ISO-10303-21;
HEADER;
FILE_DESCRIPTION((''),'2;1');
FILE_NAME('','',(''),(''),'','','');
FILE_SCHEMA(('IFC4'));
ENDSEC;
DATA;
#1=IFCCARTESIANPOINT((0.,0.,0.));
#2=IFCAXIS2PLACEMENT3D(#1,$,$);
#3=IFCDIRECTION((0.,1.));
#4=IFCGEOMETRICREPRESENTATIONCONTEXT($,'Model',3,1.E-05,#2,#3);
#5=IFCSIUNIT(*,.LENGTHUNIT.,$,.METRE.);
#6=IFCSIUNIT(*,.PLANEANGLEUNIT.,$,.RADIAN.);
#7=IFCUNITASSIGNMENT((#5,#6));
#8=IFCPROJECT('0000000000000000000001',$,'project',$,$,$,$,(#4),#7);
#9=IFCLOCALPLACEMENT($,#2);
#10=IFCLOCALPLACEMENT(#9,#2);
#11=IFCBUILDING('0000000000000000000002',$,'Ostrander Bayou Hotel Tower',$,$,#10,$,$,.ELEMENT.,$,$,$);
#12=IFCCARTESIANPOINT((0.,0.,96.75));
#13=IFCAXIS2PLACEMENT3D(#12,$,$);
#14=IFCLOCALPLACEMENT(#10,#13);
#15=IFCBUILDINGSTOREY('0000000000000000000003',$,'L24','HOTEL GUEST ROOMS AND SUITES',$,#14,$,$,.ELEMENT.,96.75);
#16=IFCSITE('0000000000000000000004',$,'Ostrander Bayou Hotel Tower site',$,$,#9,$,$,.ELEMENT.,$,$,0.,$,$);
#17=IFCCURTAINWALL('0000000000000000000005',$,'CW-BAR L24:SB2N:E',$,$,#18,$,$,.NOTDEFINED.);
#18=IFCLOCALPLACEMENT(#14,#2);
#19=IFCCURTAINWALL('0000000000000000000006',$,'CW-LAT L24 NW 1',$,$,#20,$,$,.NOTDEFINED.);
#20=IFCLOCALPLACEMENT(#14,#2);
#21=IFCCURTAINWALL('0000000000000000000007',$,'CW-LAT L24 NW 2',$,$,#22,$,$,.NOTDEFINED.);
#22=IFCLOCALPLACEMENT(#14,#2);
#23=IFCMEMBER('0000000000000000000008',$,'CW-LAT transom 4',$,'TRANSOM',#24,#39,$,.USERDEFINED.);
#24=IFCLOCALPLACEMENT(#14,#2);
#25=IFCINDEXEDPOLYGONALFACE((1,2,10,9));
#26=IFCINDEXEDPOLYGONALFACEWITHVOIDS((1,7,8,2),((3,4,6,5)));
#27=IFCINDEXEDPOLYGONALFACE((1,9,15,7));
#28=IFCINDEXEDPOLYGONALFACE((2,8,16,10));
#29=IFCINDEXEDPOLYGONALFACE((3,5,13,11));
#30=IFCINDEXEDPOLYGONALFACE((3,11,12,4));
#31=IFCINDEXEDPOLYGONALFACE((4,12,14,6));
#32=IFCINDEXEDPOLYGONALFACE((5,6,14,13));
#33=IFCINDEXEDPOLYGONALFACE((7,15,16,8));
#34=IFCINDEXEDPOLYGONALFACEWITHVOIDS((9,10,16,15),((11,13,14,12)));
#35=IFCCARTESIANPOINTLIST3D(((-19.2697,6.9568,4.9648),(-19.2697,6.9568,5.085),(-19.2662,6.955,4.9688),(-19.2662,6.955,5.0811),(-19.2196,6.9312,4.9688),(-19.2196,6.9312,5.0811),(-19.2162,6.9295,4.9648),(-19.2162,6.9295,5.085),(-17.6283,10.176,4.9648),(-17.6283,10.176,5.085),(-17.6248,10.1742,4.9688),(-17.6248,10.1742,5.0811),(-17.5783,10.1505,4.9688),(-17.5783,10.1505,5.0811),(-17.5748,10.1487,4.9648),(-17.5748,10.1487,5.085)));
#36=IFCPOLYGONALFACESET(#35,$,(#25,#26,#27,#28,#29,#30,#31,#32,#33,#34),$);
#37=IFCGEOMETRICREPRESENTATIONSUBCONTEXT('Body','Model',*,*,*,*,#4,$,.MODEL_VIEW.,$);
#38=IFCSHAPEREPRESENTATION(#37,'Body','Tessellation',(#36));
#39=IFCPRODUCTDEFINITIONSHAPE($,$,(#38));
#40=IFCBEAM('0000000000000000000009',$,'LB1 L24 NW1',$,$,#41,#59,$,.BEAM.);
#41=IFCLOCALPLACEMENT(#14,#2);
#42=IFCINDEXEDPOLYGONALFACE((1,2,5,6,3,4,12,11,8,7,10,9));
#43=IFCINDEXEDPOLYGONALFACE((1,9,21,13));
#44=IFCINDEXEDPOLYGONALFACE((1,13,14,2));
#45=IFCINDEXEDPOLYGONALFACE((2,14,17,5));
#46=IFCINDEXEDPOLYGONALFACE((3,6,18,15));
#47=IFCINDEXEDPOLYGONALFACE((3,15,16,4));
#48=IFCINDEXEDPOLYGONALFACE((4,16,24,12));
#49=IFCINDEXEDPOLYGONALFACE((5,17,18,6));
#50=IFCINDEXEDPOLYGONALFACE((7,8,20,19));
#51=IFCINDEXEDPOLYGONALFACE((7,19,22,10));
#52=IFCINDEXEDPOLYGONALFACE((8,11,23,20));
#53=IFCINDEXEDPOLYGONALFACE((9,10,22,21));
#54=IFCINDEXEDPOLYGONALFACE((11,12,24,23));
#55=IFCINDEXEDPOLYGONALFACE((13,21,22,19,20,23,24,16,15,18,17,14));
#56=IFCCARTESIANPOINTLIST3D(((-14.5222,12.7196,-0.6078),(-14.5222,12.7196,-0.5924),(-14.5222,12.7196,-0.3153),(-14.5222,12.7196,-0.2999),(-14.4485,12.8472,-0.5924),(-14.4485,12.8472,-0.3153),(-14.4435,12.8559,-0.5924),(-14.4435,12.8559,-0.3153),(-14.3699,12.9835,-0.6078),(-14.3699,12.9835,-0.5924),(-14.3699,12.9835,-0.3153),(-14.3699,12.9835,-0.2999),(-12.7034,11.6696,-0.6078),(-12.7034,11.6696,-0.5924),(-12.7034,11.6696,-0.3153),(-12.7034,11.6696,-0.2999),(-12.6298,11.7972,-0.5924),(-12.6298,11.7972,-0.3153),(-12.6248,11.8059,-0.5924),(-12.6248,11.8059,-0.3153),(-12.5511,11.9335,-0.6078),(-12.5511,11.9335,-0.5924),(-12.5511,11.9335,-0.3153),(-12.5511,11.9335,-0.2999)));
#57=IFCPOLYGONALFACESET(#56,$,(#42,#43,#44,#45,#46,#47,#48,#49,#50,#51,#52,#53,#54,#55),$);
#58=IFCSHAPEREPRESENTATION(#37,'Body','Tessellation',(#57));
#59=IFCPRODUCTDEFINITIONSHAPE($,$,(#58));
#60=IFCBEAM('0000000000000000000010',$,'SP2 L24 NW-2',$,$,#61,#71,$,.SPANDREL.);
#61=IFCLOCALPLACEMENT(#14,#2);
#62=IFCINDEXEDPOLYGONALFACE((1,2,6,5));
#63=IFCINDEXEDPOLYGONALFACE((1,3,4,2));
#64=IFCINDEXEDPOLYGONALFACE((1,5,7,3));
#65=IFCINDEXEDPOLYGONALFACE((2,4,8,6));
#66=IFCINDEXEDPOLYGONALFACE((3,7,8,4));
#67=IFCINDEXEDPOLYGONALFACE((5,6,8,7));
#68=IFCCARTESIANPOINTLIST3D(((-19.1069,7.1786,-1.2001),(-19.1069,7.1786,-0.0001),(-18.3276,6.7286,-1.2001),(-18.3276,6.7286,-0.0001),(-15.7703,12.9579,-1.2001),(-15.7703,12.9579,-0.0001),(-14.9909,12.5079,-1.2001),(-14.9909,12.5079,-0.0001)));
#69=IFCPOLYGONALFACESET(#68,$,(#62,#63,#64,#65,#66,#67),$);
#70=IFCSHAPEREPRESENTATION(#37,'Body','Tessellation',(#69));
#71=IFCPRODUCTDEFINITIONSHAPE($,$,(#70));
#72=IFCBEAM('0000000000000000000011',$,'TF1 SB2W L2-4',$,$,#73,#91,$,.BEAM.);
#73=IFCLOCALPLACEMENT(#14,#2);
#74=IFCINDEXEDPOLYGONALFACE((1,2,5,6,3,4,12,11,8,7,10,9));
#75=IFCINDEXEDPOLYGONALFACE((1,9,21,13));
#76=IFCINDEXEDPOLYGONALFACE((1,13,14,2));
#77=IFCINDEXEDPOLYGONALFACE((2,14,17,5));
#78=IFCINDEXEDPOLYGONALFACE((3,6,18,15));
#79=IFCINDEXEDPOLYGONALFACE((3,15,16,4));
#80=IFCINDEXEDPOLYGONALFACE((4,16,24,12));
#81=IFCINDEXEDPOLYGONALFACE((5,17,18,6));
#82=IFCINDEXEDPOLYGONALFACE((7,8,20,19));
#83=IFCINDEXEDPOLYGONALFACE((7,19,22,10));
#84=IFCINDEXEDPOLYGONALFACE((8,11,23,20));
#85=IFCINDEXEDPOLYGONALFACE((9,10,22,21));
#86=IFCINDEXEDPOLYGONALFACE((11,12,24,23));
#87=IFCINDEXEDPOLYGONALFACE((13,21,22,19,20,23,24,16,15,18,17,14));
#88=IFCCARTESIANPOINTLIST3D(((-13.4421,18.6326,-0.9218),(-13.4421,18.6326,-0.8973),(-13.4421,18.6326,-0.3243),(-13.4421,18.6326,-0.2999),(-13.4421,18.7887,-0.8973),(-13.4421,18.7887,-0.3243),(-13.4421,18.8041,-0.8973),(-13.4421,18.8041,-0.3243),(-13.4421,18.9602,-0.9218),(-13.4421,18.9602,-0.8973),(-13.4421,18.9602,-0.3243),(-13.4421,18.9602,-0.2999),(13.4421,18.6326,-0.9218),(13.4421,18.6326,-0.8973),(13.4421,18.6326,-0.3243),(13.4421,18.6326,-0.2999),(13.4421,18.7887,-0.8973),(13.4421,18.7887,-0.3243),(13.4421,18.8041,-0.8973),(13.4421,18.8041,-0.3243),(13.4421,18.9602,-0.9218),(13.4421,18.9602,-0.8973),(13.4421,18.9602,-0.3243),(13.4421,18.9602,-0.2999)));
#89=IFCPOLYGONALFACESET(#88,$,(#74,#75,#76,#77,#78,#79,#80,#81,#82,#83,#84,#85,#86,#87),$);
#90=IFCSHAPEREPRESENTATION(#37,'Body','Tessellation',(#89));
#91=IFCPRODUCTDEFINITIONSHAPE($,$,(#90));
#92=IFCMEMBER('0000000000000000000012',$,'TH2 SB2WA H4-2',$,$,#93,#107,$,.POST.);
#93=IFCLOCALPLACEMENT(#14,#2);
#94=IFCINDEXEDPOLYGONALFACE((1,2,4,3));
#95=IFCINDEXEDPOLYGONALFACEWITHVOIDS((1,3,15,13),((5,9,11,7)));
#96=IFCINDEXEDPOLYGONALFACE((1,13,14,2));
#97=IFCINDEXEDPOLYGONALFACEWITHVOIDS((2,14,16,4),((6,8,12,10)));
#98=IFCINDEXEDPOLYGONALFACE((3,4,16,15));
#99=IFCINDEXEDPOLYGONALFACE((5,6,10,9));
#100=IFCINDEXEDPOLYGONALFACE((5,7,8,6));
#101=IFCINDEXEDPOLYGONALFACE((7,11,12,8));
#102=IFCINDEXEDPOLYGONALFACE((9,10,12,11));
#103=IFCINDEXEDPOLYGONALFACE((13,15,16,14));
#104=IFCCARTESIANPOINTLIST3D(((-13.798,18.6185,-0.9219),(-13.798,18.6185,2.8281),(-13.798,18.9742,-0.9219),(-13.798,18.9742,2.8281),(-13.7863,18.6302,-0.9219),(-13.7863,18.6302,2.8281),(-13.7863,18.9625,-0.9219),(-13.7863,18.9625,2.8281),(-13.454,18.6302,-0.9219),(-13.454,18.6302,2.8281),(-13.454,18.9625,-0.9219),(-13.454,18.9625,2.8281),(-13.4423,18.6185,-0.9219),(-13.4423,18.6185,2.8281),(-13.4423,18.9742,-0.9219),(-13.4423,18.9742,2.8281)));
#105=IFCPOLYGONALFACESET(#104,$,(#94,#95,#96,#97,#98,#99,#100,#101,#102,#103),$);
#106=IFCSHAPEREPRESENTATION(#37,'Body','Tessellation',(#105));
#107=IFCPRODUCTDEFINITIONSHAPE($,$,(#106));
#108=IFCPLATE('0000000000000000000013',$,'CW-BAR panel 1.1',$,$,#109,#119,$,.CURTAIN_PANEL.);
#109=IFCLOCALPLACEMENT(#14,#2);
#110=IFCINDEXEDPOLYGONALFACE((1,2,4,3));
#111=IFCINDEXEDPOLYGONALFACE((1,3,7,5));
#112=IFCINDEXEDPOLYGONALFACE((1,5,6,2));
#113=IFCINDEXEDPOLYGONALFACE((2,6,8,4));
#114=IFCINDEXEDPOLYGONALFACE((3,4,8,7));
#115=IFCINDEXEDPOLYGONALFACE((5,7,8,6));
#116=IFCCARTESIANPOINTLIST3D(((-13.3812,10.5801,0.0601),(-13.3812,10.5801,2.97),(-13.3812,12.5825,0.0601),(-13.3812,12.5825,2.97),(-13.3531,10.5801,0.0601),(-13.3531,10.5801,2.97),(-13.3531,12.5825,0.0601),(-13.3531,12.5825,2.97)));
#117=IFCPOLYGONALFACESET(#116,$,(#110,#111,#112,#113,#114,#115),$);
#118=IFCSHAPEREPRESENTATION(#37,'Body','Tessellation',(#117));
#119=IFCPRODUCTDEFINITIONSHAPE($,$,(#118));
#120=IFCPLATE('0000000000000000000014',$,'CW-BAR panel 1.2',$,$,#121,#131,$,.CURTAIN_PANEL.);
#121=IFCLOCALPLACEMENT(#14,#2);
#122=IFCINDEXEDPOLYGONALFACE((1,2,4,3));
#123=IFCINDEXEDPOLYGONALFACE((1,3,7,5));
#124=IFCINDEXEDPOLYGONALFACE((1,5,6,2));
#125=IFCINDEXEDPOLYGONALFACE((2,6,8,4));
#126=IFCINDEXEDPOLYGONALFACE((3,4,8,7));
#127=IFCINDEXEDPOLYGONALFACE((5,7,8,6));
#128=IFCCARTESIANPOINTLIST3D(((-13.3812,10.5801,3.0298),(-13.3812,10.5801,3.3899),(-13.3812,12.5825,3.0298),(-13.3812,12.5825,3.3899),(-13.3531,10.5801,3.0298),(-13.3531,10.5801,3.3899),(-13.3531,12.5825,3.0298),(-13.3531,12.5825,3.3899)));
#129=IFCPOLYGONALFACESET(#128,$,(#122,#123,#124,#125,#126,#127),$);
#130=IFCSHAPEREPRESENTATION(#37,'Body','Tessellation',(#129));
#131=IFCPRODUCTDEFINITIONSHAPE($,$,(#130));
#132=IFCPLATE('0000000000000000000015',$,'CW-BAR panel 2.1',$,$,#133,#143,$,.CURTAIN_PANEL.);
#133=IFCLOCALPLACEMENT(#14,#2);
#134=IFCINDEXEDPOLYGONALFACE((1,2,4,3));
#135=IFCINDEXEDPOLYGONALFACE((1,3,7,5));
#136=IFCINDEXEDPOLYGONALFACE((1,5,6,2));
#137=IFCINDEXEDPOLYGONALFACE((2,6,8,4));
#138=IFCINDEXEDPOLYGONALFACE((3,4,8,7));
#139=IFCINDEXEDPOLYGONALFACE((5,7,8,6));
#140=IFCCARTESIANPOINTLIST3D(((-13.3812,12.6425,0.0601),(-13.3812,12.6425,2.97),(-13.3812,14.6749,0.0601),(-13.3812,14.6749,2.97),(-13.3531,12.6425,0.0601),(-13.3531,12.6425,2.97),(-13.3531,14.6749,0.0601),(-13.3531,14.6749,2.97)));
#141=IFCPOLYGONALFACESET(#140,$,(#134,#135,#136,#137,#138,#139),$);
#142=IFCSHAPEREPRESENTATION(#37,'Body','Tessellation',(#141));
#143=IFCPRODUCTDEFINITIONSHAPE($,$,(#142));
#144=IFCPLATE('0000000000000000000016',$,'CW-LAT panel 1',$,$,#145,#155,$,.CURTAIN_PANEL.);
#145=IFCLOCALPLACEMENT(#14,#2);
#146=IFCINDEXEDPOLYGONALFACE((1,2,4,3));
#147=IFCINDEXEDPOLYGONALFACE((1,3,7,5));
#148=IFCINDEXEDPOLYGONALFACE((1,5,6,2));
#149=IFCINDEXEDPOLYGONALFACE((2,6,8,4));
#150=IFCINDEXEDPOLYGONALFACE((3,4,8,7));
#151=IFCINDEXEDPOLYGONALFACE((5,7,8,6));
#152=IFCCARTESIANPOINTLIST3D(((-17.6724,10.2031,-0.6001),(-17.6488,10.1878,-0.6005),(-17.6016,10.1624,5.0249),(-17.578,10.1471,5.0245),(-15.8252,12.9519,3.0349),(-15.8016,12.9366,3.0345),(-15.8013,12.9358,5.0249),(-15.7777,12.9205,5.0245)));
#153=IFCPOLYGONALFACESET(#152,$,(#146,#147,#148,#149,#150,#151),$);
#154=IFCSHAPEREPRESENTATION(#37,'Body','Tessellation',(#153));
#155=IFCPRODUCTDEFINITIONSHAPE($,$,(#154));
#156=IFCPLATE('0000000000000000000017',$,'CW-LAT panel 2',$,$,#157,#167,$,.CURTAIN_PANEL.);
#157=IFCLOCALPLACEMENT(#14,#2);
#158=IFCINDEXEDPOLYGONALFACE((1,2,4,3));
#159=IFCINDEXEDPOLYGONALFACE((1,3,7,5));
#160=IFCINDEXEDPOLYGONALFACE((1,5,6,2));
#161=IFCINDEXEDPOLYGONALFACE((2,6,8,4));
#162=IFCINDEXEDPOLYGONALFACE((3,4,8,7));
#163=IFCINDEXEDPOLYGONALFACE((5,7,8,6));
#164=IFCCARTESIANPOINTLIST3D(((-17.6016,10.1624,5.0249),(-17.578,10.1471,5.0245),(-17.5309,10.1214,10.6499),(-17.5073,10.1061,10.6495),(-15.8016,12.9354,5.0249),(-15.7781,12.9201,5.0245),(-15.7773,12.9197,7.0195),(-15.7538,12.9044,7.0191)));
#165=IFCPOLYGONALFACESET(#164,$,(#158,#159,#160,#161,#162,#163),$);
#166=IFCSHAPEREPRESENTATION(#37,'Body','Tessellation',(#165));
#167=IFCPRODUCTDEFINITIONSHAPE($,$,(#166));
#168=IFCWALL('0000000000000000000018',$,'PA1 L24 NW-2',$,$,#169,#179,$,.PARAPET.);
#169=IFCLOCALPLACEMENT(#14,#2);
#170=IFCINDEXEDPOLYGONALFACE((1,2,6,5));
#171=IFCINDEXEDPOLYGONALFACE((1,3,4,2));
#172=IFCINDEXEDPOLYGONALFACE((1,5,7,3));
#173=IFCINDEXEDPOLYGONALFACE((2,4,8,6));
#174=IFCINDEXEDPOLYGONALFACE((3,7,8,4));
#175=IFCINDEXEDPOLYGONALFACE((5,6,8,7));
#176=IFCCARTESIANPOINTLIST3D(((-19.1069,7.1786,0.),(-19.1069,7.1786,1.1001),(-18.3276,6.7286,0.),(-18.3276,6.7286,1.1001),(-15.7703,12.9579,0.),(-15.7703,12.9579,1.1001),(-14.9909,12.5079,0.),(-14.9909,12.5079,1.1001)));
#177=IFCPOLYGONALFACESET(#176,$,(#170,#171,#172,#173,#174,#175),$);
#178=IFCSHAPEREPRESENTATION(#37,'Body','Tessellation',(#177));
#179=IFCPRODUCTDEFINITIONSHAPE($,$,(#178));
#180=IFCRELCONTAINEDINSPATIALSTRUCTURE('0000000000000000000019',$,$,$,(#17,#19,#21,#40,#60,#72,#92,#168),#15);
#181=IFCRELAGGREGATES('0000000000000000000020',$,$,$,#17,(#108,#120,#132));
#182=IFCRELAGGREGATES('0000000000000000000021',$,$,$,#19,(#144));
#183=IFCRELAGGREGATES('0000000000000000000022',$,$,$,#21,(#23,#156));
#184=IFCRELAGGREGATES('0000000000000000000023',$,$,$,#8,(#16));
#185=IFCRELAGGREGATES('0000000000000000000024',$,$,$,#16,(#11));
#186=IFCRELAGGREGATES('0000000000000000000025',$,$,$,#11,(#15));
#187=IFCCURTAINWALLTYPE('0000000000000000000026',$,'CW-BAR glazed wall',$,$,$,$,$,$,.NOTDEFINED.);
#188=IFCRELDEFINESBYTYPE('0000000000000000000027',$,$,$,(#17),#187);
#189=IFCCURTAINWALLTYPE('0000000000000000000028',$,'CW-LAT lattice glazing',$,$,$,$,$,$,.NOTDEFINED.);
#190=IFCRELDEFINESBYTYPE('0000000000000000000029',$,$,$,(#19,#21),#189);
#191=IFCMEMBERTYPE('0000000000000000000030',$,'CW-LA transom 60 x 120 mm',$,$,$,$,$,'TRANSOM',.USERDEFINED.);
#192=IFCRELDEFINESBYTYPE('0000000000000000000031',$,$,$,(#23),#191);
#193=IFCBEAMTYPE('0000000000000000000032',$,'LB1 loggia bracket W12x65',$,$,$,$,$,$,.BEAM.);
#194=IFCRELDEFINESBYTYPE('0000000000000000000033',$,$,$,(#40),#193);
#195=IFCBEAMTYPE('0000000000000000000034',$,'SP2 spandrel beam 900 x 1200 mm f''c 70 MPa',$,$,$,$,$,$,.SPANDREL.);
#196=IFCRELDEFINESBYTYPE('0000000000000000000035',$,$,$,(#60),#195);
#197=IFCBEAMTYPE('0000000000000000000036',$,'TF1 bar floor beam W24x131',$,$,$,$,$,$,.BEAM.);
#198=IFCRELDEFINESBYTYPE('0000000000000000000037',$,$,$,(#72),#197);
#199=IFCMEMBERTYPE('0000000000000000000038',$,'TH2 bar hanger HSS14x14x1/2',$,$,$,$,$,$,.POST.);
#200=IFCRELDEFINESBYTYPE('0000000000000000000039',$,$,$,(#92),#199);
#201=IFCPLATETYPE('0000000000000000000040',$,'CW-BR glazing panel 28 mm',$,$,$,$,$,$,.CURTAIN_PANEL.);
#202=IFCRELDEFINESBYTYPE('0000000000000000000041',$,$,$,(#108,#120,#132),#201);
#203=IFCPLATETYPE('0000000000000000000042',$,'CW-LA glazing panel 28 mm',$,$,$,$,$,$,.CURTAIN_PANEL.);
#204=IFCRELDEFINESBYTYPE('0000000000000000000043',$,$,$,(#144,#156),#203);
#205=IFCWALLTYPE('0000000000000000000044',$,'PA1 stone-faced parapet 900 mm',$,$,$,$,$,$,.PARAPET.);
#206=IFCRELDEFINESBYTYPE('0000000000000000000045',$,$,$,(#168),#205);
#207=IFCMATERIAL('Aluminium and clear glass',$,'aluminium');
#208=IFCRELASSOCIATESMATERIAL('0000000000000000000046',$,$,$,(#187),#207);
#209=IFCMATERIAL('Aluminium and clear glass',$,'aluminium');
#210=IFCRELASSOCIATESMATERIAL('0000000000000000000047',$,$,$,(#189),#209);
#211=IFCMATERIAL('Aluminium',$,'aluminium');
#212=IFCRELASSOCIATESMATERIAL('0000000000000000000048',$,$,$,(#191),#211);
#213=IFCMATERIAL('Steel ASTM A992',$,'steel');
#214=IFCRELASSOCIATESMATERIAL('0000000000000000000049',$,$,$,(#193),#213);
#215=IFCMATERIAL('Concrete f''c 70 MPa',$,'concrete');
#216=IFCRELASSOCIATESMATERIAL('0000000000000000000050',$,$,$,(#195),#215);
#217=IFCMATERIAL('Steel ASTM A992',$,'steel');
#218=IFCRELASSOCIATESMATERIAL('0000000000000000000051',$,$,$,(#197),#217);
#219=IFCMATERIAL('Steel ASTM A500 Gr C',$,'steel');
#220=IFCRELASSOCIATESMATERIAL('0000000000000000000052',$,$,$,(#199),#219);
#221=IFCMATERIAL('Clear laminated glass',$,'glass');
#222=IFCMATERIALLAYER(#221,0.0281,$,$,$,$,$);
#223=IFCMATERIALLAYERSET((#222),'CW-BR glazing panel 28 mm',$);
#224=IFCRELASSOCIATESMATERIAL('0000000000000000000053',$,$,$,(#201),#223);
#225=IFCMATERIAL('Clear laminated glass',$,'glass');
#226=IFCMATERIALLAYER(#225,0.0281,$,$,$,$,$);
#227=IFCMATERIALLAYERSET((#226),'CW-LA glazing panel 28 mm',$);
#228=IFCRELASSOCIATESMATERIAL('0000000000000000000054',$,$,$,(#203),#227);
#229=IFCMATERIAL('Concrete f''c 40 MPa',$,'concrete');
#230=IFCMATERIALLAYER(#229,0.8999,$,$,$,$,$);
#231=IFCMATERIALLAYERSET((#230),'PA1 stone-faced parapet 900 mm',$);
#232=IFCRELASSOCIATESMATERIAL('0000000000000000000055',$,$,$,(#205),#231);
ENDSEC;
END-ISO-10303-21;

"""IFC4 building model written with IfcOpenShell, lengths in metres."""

from ifc_helpers import new_model, si_unit, direction, frame, frame_2d, origin, origin_2d, place, context, subcontext, project, spatial, polyline, rectangle, hollow_rectangle, i_section, outline, extrude, material, layer, layer_set, material_profile, profile_set, type_object, element, aggregate, save


model = new_model("IFC4")

# Units and contexts
model_context = context("Model", 3, precision=1e-05, world=origin(), true_north=direction((0.0, 1.0)))
body_context = subcontext(model_context, "Body", "Model", "MODEL_VIEW")
ifc_project = project(units=[si_unit("LENGTHUNIT", "METRE"), si_unit("PLANEANGLEUNIT", "RADIAN")], contexts=[model_context])

# Site, building, storey
site_placement = place(None, origin())
site = spatial("IfcSite", under=ifc_project, at=site_placement, Name="Ostrander Bayou Hotel Tower site", CompositionType="ELEMENT", RefElevation=0.0)
building_placement = place(site_placement, origin())
building = spatial("IfcBuilding", under=site, at=building_placement, Name="Ostrander Bayou Hotel Tower", CompositionType="ELEMENT")
storey_placement = place(building_placement, frame((0.0, 0.0, 96.75)))
storey = spatial("IfcBuildingStorey", under=building, at=storey_placement, Name="L24", Description="HOTEL GUEST ROOMS AND SUITES", CompositionType="ELEMENT", Elevation=96.75)

# Curtain wall
ifc_material_1 = material(Name="Aluminium and clear glass", Category="aluminium")
curtain_wall_type_1 = type_object("IfcCurtainWallType", Name="CW-BAR glazed wall", PredefinedType="NOTDEFINED", material=ifc_material_1)
curtain_wall_1_placement = place(storey_placement, origin())
curtain_wall_1 = element("IfcCurtainWall", 1, at=curtain_wall_1_placement, inside=storey, type_object=curtain_wall_type_1, Name="CW-BAR L24:SB2N:E", PredefinedType="NOTDEFINED")

# Curtain walls, member
ifc_material_2 = material(Name="Aluminium and clear glass", Category="aluminium")
curtain_wall_type_2 = type_object("IfcCurtainWallType", Name="CW-LAT lattice glazing", PredefinedType="NOTDEFINED", material=ifc_material_2)
curtain_wall_2_placement = place(storey_placement, origin())
curtain_wall_2 = element("IfcCurtainWall", 2, at=curtain_wall_2_placement, inside=storey, type_object=curtain_wall_type_2, Name="CW-LAT L24 NW 1", PredefinedType="NOTDEFINED")
curtain_wall_3_placement = place(storey_placement, origin())
curtain_wall_3 = element("IfcCurtainWall", 3, at=curtain_wall_3_placement, inside=storey, type_object=curtain_wall_type_2, Name="CW-LAT L24 NW 2", PredefinedType="NOTDEFINED")
ifc_material_3 = material(Name="Aluminium", Category="aluminium")
ifc_material_profile_1 = material_profile(ifc_material_3, hollow_rectangle(XDim=0.0601, YDim=0.1201, WallThickness=0.0039, at=origin_2d()))
ifc_profile_set_1 = profile_set([ifc_material_profile_1], Name="Aluminium")
member_type_1 = type_object("IfcMemberType", Name="CW-LA transom 60 x 120 mm", ElementType="TRANSOM", PredefinedType="USERDEFINED", material=ifc_profile_set_1)
member_1_placement = place(storey_placement, frame((-17.6016, 10.1624, 5.0249), z_axis=(-0.454226, -0.890886, 0.0), x_axis=(0.890886, -0.454226, 0.0)))
member_1 = element("IfcMember", 4, at=member_1_placement, type_object=member_type_1, Name="CW-LAT transom 4", ObjectType="TRANSOM", PredefinedType="USERDEFINED", context=body_context, shape_type="SweptSolid", body=[
    extrude(hollow_rectangle(XDim=0.0601, YDim=0.1201, WallThickness=0.0039, at=origin_2d()), origin(), (0.0, 0.0, 1.0), 3.6135),
])

# Beams
ifc_material_4 = material(Name="Steel ASTM A992", Category="steel")
ifc_material_profile_2 = material_profile(ifc_material_4, i_section(OverallWidth=0.3047, OverallDepth=0.3079, WebThickness=0.01, FlangeThickness=0.0154, at=origin_2d()))
ifc_profile_set_2 = profile_set([ifc_material_profile_2], Name="Steel ASTM A992")
beam_type_1 = type_object("IfcBeamType", Name="LB1 loggia bracket W12x65", PredefinedType="BEAM", material=ifc_profile_set_2)
beam_1_placement = place(storey_placement, frame((-14.446, 12.8516, -0.4539), z_axis=(0.866038, -0.499977, 0.0), x_axis=(0.499977, 0.866038, 0.0)))
element("IfcBeam", 5, at=beam_1_placement, inside=storey, type_object=beam_type_1, Name="LB1 L24 NW1", PredefinedType="BEAM", context=body_context, shape_type="SweptSolid", body=[
    extrude(i_section(OverallWidth=0.3047, OverallDepth=0.3079, WebThickness=0.01, FlangeThickness=0.0154, at=origin_2d()), origin(), (0.0, 0.0, 1.0), 2.1001),
])
ifc_material_5 = material(Name="Concrete f'c 70 MPa", Category="concrete")
ifc_material_profile_3 = material_profile(ifc_material_5, rectangle(XDim=0.8999, YDim=1.2, at=origin_2d()))
ifc_profile_set_3 = profile_set([ifc_material_profile_3], Name="Concrete f'c 70 MPa")
beam_type_2 = type_object("IfcBeamType", Name="SP2 spandrel beam 900 x 1200 mm f'c 70 MPa", PredefinedType="SPANDREL", material=ifc_profile_set_3)
beam_2_placement = place(storey_placement, frame((-15.3806, 12.7329, -0.6001), z_axis=(-0.499999, -0.866026, 0.0), x_axis=(0.866026, -0.499999, 0.0)))
element("IfcBeam", 6, at=beam_2_placement, inside=storey, type_object=beam_type_2, Name="SP2 L24 NW-2", PredefinedType="SPANDREL", context=body_context, shape_type="SweptSolid", body=[
    extrude(rectangle(XDim=0.8999, YDim=1.2, at=origin_2d()), origin(), (0.0, 0.0, 1.0), 6.6733),
])
ifc_material_6 = material(Name="Steel ASTM A992", Category="steel")
ifc_material_profile_4 = material_profile(ifc_material_6, i_section(OverallWidth=0.3276, OverallDepth=0.6218, WebThickness=0.0154, FlangeThickness=0.0244, at=origin_2d()))
ifc_profile_set_4 = profile_set([ifc_material_profile_4], Name="Steel ASTM A992")
beam_type_3 = type_object("IfcBeamType", Name="TF1 bar floor beam W24x131", PredefinedType="BEAM", material=ifc_profile_set_4)
beam_3_placement = place(storey_placement, frame((-13.4421, 18.7964, -0.6108), z_axis=(1.0, 0.0, 0.0), x_axis=(0.0, 1.0, 0.0)))
element("IfcBeam", 7, at=beam_3_placement, inside=storey, type_object=beam_type_3, Name="TF1 SB2W L2-4", PredefinedType="BEAM", context=body_context, shape_type="SweptSolid", body=[
    extrude(i_section(OverallWidth=0.3276, OverallDepth=0.6218, WebThickness=0.0154, FlangeThickness=0.0244, at=origin_2d()), origin(), (0.0, 0.0, 1.0), 26.8843),
])

# Member
ifc_material_7 = material(Name="Steel ASTM A500 Gr C", Category="steel")
ifc_material_profile_5 = material_profile(ifc_material_7, hollow_rectangle(XDim=0.3557, YDim=0.3557, WallThickness=0.0117, at=origin_2d()))
ifc_profile_set_5 = profile_set([ifc_material_profile_5], Name="Steel ASTM A500 Gr C")
member_type_2 = type_object("IfcMemberType", Name="TH2 bar hanger HSS14x14x1/2", PredefinedType="POST", material=ifc_profile_set_5)
member_2_placement = place(storey_placement, frame((-13.6201, 18.7964, -0.9219), z_axis=(0.0, 0.0, 1.0), x_axis=(1.0, 0.0, 0.0)))
element("IfcMember", 8, at=member_2_placement, inside=storey, type_object=member_type_2, Name="TH2 SB2WA H4-2", PredefinedType="POST", context=body_context, shape_type="SweptSolid", body=[
    extrude(hollow_rectangle(XDim=0.3557, YDim=0.3557, WallThickness=0.0117, at=origin_2d()), origin(), (0.0, 0.0, 1.0), 3.75),
])

# Plates
ifc_material_8 = material(Name="Clear laminated glass", Category="glass")
ifc_layer_1 = layer(ifc_material_8, 0.0281)
ifc_layer_set_1 = layer_set([ifc_layer_1], Name="CW-BR glazing panel 28 mm")
plate_type_1 = type_object("IfcPlateType", Name="CW-BR glazing panel 28 mm", PredefinedType="CURTAIN_PANEL", material=ifc_layer_set_1)
plate_1_placement = place(storey_placement, frame((-13.3672, 11.5813, 0.0601), z_axis=(0.0, 0.0, 1.0), x_axis=(0.0, 1.0, 0.0)))
plate_1 = element("IfcPlate", 9, at=plate_1_placement, type_object=plate_type_1, Name="CW-BAR panel 1.1", PredefinedType="CURTAIN_PANEL", context=body_context, shape_type="SweptSolid", body=[
    extrude(rectangle(XDim=2.0024, YDim=0.0281, at=origin_2d()), origin(), (0.0, 0.0, 1.0), 2.9099),
])
plate_2_placement = place(storey_placement, frame((-13.3672, 11.5813, 3.0298), z_axis=(0.0, 0.0, 1.0), x_axis=(0.0, 1.0, 0.0)))
plate_2 = element("IfcPlate", 10, at=plate_2_placement, type_object=plate_type_1, Name="CW-BAR panel 1.2", PredefinedType="CURTAIN_PANEL", context=body_context, shape_type="SweptSolid", body=[
    extrude(rectangle(XDim=2.0024, YDim=0.0281, at=origin_2d()), origin(), (0.0, 0.0, 1.0), 0.3601),
])
plate_3_placement = place(storey_placement, frame((-13.3672, 13.6587, 0.0601), z_axis=(0.0, 0.0, 1.0), x_axis=(0.0, 1.0, 0.0)))
plate_3 = element("IfcPlate", 11, at=plate_3_placement, type_object=plate_type_1, Name="CW-BAR panel 2.1", PredefinedType="CURTAIN_PANEL", context=body_context, shape_type="SweptSolid", body=[
    extrude(rectangle(XDim=2.0325, YDim=0.0281, at=origin_2d()), origin(), (0.0, 0.0, 1.0), 2.9099),
])
aggregate(curtain_wall_1, [plate_1, plate_2, plate_3])
ifc_material_9 = material(Name="Clear laminated glass", Category="glass")
ifc_layer_2 = layer(ifc_material_9, 0.0281)
ifc_layer_set_2 = layer_set([ifc_layer_2], Name="CW-LA glazing panel 28 mm")
plate_type_2 = type_object("IfcPlateType", Name="CW-LA glazing panel 28 mm", PredefinedType="CURTAIN_PANEL", material=ifc_layer_set_2)
plate_4_placement = place(storey_placement, frame((-15.8252, 12.9519, 3.0349), z_axis=(-0.83869, 0.544416, 0.0145), x_axis=(-0.375634, -0.558989, -0.739209)))
plate_4 = element("IfcPlate", 12, at=plate_4_placement, type_object=plate_type_2, Name="CW-LAT panel 1", PredefinedType="CURTAIN_PANEL", context=body_context, shape_type="SweptSolid", body=[
    extrude(outline(polyline([(0.0, 0.0), (4.9174, 0.0), (0.7556, 3.785), (-1.471, 1.3405), (0.0, 0.0)])), origin(), (0.0, 0.0, -1.0), 0.0281),
])
aggregate(curtain_wall_2, [plate_4])
plate_5_placement = place(storey_placement, frame((-15.7773, 12.9197, 7.0195), z_axis=(-0.838707, 0.544391, 0.0145), x_axis=(-0.357309, -0.570186, 0.739741)))
plate_5 = element("IfcPlate", 13, at=plate_5_placement, type_object=plate_type_2, Name="CW-LAT panel 2", PredefinedType="CURTAIN_PANEL", context=body_context, shape_type="SweptSolid", body=[
    extrude(outline(polyline([(0.0, 0.0), (4.9076, 0.0), (0.7485, -3.788), (-1.4758, -1.3422), (0.0, 0.0)])), origin(), (0.0, 0.0, -1.0), 0.0281),
])
aggregate(curtain_wall_3, [member_1, plate_5])

# Wall
ifc_material_10 = material(Name="Concrete f'c 40 MPa", Category="concrete")
ifc_layer_3 = layer(ifc_material_10, 0.8999)
ifc_layer_set_3 = layer_set([ifc_layer_3], Name="PA1 stone-faced parapet 900 mm")
wall_type = type_object("IfcWallType", Name="PA1 stone-faced parapet 900 mm", PredefinedType="PARAPET", material=ifc_layer_set_3)
wall_placement = place(storey_placement, frame((-15.3806, 12.7329, 0.0), z_axis=(0.0, 0.0, 1.0), x_axis=(-0.499999, -0.866026, 0.0)))
element("IfcWall", 14, at=wall_placement, inside=storey, type_object=wall_type, Name="PA1 L24 NW-2", PredefinedType="PARAPET", context=body_context, shape_type="SweptSolid", body=[
    extrude(rectangle(XDim=6.6733, YDim=0.8999, at=frame_2d((3.3367, 0.0))), origin(), (0.0, 0.0, 1.0), 1.1001),
])

save(model, "model.ifc")
